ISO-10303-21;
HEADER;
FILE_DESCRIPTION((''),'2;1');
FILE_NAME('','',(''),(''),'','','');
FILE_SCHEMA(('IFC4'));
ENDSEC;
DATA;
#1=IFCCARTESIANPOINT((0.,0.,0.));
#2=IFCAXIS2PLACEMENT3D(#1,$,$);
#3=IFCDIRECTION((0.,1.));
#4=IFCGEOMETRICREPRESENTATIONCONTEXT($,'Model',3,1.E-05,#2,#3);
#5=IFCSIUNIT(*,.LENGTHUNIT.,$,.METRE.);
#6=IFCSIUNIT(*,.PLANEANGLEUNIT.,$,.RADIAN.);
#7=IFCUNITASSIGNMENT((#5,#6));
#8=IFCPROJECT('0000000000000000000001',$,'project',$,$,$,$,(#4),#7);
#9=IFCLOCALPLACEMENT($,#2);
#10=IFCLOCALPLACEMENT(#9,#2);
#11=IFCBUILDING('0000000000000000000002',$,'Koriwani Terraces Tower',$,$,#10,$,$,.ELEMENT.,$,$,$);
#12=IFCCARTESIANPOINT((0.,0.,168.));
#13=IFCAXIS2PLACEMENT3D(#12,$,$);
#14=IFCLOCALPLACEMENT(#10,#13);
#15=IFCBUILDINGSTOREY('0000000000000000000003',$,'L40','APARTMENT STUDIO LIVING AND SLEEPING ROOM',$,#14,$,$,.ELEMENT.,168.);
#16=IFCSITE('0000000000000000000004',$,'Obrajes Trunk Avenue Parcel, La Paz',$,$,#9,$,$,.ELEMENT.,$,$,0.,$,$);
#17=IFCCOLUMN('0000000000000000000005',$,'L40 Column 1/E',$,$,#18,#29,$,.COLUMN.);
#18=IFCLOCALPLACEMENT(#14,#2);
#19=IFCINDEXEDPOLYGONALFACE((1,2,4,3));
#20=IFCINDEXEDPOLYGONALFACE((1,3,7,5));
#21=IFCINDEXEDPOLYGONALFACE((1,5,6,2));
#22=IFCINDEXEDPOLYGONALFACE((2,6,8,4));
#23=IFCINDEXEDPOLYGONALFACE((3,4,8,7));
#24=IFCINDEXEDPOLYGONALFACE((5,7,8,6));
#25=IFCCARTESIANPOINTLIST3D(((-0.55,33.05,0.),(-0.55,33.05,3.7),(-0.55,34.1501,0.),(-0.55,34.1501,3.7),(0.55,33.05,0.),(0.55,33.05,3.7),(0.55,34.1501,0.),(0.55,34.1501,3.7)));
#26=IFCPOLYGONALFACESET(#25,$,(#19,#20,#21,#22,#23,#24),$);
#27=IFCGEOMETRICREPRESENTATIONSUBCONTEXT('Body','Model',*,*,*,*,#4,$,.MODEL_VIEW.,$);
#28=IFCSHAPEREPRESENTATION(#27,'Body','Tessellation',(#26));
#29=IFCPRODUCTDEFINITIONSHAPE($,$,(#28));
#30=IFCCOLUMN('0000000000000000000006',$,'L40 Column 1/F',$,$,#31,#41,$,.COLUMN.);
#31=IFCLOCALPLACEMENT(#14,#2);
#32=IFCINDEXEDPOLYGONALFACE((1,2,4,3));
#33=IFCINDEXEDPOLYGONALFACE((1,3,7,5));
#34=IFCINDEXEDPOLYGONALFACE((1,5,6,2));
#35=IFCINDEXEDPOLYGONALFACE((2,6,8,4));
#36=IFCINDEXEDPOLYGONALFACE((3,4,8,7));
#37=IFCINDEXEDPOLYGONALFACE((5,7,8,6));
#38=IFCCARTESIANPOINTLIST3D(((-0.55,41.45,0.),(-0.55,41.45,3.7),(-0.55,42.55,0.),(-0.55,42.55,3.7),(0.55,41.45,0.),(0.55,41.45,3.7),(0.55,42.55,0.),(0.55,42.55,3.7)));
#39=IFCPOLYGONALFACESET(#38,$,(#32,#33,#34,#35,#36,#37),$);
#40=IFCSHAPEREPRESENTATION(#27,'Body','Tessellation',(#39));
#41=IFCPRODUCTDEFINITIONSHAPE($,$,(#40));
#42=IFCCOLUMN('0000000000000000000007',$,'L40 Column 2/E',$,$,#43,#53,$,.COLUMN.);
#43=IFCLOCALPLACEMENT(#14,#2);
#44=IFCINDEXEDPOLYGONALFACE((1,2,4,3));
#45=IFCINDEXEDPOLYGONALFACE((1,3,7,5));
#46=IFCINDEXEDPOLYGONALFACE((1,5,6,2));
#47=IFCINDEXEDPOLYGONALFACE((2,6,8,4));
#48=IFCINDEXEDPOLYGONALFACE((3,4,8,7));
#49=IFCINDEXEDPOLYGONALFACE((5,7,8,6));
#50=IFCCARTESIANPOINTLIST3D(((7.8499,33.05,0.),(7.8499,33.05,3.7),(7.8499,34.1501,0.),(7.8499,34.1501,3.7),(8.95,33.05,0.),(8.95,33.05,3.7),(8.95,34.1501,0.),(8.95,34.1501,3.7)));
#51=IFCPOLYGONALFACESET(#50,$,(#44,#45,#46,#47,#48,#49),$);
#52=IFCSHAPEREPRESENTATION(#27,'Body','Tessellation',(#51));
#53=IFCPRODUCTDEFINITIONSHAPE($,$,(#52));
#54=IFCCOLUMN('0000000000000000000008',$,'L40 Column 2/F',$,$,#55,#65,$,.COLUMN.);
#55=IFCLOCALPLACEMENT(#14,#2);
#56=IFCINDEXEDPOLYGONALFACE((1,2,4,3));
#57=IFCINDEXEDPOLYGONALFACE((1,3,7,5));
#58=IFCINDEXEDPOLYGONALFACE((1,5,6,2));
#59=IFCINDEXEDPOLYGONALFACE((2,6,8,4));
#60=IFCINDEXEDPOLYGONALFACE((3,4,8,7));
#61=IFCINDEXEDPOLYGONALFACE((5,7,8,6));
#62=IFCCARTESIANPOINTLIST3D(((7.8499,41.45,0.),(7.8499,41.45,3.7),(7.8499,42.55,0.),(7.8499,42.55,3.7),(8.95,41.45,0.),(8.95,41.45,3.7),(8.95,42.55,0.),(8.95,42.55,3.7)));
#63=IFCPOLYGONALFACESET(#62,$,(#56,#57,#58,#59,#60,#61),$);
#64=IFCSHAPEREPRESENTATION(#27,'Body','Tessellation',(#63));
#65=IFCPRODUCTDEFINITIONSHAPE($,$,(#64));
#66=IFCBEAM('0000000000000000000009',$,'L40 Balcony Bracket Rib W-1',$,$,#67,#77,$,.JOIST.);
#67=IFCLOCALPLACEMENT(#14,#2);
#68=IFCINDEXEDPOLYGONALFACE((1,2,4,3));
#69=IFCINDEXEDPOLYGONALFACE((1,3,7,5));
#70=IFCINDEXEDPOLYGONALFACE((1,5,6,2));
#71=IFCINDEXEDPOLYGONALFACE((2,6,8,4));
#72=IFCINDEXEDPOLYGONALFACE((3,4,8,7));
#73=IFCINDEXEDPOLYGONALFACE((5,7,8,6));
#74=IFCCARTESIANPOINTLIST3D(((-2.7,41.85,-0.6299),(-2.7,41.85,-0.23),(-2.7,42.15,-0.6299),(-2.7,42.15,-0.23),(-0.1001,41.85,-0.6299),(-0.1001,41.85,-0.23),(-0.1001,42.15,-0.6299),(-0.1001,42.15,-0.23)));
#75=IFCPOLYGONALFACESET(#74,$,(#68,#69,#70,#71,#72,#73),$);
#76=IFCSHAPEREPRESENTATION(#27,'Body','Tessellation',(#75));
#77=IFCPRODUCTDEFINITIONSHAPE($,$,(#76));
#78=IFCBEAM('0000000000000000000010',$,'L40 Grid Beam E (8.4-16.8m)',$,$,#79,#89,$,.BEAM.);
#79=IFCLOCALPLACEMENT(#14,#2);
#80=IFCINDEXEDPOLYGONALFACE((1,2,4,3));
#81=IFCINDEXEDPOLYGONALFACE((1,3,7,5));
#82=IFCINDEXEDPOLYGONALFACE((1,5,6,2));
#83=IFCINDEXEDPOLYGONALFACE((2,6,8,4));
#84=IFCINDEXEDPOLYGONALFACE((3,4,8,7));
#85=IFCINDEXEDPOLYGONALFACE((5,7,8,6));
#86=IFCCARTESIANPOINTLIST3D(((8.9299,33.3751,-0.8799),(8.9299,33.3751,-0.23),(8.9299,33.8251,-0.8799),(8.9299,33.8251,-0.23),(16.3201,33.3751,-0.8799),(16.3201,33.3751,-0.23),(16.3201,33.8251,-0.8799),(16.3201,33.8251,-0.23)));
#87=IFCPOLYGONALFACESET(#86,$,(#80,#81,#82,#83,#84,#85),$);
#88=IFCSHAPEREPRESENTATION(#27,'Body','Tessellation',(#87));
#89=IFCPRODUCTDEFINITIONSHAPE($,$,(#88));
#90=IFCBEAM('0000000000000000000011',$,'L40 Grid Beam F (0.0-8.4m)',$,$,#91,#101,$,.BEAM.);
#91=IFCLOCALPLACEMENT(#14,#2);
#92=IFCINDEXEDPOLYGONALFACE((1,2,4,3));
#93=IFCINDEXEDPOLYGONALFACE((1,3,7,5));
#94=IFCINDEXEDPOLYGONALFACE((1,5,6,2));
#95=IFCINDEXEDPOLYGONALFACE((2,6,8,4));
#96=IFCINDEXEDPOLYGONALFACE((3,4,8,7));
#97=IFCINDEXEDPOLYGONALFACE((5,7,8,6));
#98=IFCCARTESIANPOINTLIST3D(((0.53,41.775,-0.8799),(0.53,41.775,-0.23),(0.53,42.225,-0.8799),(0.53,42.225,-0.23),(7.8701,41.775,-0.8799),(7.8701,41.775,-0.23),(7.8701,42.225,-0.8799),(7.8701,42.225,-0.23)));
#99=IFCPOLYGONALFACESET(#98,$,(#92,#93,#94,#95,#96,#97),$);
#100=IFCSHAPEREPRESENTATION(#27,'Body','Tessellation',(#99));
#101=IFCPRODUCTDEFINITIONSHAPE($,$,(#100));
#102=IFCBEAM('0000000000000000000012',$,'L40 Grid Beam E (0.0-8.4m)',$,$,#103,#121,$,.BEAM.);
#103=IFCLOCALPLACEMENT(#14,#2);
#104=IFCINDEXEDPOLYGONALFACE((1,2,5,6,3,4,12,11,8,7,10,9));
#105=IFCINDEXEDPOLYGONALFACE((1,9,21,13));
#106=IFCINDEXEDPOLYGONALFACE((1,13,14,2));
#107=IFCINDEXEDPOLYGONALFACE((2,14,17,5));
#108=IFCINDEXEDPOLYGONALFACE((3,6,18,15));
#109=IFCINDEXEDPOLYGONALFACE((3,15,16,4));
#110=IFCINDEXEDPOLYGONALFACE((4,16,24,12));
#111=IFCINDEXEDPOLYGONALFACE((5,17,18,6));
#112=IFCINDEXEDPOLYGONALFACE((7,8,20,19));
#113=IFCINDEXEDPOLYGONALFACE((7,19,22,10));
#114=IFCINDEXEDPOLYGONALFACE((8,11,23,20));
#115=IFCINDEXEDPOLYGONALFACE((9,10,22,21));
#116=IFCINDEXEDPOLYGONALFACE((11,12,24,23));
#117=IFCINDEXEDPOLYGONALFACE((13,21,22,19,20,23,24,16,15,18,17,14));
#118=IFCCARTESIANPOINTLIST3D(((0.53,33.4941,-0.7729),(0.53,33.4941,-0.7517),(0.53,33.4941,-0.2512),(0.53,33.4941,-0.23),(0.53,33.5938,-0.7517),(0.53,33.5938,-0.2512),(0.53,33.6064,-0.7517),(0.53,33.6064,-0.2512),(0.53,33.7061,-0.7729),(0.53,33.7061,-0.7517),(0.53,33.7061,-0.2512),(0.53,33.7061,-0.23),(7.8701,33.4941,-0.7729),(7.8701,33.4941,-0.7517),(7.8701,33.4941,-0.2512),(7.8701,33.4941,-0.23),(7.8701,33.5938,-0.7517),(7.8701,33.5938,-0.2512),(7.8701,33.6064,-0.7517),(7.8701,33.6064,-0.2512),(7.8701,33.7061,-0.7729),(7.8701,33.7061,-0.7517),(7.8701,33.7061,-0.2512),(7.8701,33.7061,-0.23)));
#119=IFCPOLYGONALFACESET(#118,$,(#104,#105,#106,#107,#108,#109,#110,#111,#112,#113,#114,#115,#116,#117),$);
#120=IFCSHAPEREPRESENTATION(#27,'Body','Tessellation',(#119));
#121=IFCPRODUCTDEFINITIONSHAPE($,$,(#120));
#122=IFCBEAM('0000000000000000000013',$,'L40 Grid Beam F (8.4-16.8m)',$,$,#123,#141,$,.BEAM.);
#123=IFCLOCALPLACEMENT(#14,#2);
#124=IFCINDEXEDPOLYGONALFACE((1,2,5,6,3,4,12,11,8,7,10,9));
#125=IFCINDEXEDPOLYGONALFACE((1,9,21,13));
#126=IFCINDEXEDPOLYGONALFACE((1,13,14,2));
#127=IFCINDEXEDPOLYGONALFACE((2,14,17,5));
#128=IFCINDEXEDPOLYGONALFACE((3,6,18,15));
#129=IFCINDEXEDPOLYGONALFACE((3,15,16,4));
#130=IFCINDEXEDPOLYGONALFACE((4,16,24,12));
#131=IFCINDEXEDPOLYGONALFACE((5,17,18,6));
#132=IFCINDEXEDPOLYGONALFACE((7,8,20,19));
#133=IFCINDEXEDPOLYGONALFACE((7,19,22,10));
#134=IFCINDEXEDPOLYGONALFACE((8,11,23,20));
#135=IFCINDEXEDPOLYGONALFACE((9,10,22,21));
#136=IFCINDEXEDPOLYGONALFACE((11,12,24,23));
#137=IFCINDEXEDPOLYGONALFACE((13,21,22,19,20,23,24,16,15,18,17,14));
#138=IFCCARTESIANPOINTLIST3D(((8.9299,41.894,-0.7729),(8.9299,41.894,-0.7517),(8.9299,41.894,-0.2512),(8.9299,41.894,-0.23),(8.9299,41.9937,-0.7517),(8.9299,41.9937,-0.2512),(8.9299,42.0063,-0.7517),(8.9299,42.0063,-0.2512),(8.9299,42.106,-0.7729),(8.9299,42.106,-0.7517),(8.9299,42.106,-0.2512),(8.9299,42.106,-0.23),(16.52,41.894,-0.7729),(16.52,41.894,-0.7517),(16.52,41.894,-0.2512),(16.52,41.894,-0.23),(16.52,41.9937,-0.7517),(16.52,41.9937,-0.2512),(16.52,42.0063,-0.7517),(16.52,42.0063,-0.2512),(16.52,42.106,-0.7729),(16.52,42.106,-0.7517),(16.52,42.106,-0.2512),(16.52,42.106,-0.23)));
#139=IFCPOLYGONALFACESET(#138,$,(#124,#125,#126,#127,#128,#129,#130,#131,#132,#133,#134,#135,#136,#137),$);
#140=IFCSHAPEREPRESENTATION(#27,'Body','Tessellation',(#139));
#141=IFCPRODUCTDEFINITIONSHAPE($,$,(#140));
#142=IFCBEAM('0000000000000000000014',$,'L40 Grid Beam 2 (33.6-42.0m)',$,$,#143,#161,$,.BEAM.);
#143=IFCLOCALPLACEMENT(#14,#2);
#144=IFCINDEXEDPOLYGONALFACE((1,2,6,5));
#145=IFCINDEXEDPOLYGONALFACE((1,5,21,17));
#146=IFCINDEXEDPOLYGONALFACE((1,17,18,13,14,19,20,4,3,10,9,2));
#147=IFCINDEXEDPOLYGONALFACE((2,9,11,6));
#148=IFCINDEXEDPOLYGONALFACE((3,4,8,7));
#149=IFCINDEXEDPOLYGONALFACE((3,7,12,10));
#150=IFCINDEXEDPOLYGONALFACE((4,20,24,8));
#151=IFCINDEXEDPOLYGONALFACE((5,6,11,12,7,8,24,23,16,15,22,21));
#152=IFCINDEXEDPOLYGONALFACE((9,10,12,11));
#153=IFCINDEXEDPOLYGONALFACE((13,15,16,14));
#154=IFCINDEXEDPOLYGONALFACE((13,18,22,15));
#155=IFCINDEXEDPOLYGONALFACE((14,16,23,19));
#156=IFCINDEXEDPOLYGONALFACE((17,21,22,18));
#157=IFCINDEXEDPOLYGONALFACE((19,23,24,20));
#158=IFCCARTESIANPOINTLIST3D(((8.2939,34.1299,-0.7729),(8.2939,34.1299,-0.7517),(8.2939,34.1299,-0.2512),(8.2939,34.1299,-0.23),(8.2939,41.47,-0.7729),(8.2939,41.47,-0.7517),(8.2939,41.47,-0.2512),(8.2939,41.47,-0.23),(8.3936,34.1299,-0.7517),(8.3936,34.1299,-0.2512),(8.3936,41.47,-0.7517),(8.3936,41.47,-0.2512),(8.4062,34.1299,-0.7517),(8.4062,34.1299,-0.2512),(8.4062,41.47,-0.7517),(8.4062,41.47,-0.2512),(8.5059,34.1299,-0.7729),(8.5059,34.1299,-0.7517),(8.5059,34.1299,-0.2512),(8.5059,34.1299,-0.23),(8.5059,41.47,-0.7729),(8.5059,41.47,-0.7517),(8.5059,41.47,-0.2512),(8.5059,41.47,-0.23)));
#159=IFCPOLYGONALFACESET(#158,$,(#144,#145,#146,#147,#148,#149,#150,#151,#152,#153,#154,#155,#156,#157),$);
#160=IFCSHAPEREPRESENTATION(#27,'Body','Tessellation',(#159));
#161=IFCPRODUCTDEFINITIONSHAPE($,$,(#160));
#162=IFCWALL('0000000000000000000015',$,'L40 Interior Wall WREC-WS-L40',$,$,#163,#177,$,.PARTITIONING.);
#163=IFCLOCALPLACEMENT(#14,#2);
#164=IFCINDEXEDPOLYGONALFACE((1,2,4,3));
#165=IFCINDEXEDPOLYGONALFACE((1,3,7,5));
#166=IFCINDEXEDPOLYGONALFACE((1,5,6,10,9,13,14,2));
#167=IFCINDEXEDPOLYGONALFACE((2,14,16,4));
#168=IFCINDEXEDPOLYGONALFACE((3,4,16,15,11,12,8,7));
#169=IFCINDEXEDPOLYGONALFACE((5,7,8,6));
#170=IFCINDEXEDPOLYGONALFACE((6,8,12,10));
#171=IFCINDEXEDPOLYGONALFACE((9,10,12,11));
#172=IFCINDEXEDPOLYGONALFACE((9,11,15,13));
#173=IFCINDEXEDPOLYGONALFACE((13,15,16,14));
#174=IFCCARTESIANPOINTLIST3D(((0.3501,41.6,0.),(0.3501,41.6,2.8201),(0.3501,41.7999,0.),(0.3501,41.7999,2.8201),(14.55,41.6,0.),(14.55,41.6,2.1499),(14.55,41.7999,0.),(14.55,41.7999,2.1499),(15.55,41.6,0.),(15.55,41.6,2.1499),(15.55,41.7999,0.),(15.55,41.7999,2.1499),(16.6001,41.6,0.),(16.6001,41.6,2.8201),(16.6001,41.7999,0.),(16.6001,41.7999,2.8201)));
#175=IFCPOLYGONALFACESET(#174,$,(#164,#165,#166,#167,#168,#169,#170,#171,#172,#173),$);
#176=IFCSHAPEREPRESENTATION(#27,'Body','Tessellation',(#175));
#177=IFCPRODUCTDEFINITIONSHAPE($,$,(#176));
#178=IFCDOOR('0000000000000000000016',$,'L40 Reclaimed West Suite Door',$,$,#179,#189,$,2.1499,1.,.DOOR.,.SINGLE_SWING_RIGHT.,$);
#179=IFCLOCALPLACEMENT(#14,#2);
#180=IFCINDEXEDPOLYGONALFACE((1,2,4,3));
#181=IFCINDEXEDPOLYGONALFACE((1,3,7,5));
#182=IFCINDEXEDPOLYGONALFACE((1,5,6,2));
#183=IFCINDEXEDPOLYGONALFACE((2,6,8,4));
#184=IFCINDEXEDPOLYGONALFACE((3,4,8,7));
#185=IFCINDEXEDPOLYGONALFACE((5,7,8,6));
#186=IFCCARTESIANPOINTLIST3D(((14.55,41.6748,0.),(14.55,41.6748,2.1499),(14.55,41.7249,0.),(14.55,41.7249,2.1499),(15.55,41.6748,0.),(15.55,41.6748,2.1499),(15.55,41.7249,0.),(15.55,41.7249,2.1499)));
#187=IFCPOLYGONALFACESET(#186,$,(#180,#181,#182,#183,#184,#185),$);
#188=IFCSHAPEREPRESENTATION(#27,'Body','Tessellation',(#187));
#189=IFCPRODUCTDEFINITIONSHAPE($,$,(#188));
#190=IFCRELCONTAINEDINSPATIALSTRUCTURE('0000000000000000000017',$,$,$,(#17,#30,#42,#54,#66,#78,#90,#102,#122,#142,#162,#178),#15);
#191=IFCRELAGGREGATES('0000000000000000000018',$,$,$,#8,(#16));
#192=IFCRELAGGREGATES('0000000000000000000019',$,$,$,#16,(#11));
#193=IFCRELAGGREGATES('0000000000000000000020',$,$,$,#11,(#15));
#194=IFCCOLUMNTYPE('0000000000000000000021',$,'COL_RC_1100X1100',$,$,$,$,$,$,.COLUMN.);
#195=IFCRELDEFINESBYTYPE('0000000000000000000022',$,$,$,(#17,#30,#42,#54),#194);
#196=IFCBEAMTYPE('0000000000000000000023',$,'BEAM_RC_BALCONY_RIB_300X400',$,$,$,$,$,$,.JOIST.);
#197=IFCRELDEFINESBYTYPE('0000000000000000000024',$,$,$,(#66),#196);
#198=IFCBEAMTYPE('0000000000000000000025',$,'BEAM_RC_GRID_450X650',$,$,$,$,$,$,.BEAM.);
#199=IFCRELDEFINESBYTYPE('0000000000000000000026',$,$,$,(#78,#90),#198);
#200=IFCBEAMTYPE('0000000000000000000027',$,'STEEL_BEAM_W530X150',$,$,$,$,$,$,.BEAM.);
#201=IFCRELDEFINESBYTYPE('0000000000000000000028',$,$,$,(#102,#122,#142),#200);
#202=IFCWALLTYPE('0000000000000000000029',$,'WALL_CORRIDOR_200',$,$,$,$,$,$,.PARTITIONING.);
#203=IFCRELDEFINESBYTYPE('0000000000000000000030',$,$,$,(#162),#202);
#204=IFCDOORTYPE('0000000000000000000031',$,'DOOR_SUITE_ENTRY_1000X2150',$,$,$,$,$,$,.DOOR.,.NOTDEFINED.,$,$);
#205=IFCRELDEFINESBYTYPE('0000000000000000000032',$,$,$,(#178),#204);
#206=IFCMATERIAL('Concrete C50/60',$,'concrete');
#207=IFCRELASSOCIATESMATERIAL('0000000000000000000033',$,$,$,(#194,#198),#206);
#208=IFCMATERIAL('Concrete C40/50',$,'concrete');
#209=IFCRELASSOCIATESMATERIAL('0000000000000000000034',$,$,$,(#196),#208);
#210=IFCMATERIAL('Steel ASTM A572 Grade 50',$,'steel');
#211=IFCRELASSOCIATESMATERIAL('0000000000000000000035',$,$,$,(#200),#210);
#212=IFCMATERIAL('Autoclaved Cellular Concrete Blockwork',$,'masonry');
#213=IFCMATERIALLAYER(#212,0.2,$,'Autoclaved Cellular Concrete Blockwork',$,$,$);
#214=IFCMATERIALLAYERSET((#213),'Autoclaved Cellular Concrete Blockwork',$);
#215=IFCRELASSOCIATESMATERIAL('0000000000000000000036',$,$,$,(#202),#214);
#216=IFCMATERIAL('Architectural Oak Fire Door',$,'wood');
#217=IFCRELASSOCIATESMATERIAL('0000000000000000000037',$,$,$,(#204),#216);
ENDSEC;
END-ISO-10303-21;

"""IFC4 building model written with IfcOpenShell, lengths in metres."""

from ifc_helpers import new_model, si_unit, direction, frame, frame_2d, origin, origin_2d, place, context, subcontext, project, spatial, rectangle, i_section, extrude, material, layer, layer_set, material_profile, profile_set, type_object, element, fill, save


model = new_model("IFC4")

# Units and contexts
model_context = context("Model", 3, precision=1e-05, world=origin(), true_north=direction((0.0, 1.0)))
body_context = subcontext(model_context, "Body", "Model", "MODEL_VIEW")
ifc_project = project(units=[si_unit("LENGTHUNIT", "METRE"), si_unit("PLANEANGLEUNIT", "RADIAN")], contexts=[model_context])

# Site, building, storey
site_placement = place(None, origin())
site = spatial("IfcSite", under=ifc_project, at=site_placement, Name="Obrajes Trunk Avenue Parcel, La Paz", CompositionType="ELEMENT", RefElevation=0.0)
building_placement = place(site_placement, origin())
building = spatial("IfcBuilding", under=site, at=building_placement, Name="Koriwani Terraces Tower", CompositionType="ELEMENT")
storey_placement = place(building_placement, frame((0.0, 0.0, 168.0)))
storey = spatial("IfcBuildingStorey", under=building, at=storey_placement, Name="L40", Description="APARTMENT STUDIO LIVING AND SLEEPING ROOM", CompositionType="ELEMENT", Elevation=168.0)

# Columns
ifc_material_1 = material(Name="Concrete C50/60", Category="concrete")
ifc_material_profile_1 = material_profile(ifc_material_1, rectangle(XDim=1.1001, YDim=1.1001, at=origin_2d()), Name="Concrete C50/60", Category="LoadBearing")
ifc_profile_set_1 = profile_set([ifc_material_profile_1], Name="Concrete C50/60")
column_type = type_object("IfcColumnType", Name="COL_RC_1100X1100", PredefinedType="COLUMN", material=ifc_profile_set_1)
for number, where, z_axis, x_axis, name in (
    (1, (0.0, 33.6001, 0.0), (0.0, 0.0, 1.0), (1.0, 0.0, 0.0), "L40 Column 1/E"),
    (2, (0.0, 42.0, 0.0), (0.0, 0.0, 1.0), (1.0, 0.0, 0.0), "L40 Column 1/F"),
    (3, (8.3999, 33.6001, 0.0), (0.0, 0.0, 1.0), (1.0, 0.0, 0.0), "L40 Column 2/E"),
    (4, (8.3999, 42.0, 0.0), (0.0, 0.0, 1.0), (1.0, 0.0, 0.0), "L40 Column 2/F"),
):
    element("IfcColumn", number, at=place(storey_placement, frame(where, z_axis=z_axis, x_axis=x_axis)), inside=storey, type_object=column_type, Name=name, PredefinedType="COLUMN", context=body_context, shape_type="SweptSolid", body=[
        extrude(rectangle(XDim=1.1001, YDim=1.1001, at=origin_2d()), origin(), (0.0, 0.0, 1.0), 3.7),
    ])

# Beams
ifc_material_2 = material(Name="Concrete C40/50", Category="concrete")
ifc_material_profile_2 = material_profile(ifc_material_2, rectangle(XDim=0.3, YDim=0.3999, at=origin_2d()), Name="Concrete C40/50", Category="LoadBearing")
ifc_profile_set_2 = profile_set([ifc_material_profile_2], Name="Concrete C40/50")
beam_type_1 = type_object("IfcBeamType", Name="BEAM_RC_BALCONY_RIB_300X400", PredefinedType="JOIST", material=ifc_profile_set_2)
beam_1_placement = place(storey_placement, frame((-2.7, 42.0, -0.4299), z_axis=(1.0, 0.0, 0.0), x_axis=(0.0, 1.0, 0.0)))
element("IfcBeam", 5, at=beam_1_placement, inside=storey, type_object=beam_type_1, Name="L40 Balcony Bracket Rib W-1", PredefinedType="JOIST", context=body_context, shape_type="SweptSolid", body=[
    extrude(rectangle(XDim=0.3, YDim=0.3999, at=origin_2d()), origin(), (0.0, 0.0, 1.0), 2.5999),
])
ifc_material_profile_3 = material_profile(ifc_material_1, rectangle(XDim=0.45, YDim=0.6499, at=origin_2d()), Name="Concrete C50/60", Category="LoadBearing")
ifc_profile_set_3 = profile_set([ifc_material_profile_3], Name="Concrete C50/60")
beam_type_2 = type_object("IfcBeamType", Name="BEAM_RC_GRID_450X650", PredefinedType="BEAM", material=ifc_profile_set_3)
beam_2_placement = place(storey_placement, frame((8.9299, 33.6001, -0.5549), z_axis=(1.0, 0.0, 0.0), x_axis=(0.0, 1.0, 0.0)))
element("IfcBeam", 6, at=beam_2_placement, inside=storey, type_object=beam_type_2, Name="L40 Grid Beam E (8.4-16.8m)", PredefinedType="BEAM", context=body_context, shape_type="SweptSolid", body=[
    extrude(rectangle(XDim=0.45, YDim=0.6499, at=origin_2d()), origin(), (0.0, 0.0, 1.0), 7.3901),
])
beam_3_placement = place(storey_placement, frame((0.53, 42.0, -0.5549), z_axis=(1.0, 0.0, 0.0), x_axis=(0.0, 1.0, 0.0)))
element("IfcBeam", 7, at=beam_3_placement, inside=storey, type_object=beam_type_2, Name="L40 Grid Beam F (0.0-8.4m)", PredefinedType="BEAM", context=body_context, shape_type="SweptSolid", body=[
    extrude(rectangle(XDim=0.45, YDim=0.6499, at=origin_2d()), origin(), (0.0, 0.0, 1.0), 7.3401),
])
ifc_material_3 = material(Name="Steel ASTM A572 Grade 50", Category="steel")
ifc_material_profile_4 = material_profile(ifc_material_3, i_section(OverallWidth=0.2119, OverallDepth=0.543, WebThickness=0.0127, FlangeThickness=0.0212, at=origin_2d()), Name="Steel ASTM A572 Grade 50", Category="LoadBearing")
ifc_profile_set_4 = profile_set([ifc_material_profile_4], Name="Steel ASTM A572 Grade 50")
beam_type_3 = type_object("IfcBeamType", Name="STEEL_BEAM_W530X150", PredefinedType="BEAM", material=ifc_profile_set_4)
beam_4_placement = place(storey_placement, frame((0.53, 33.6001, -0.5015), z_axis=(1.0, 0.0, 0.0), x_axis=(0.0, 1.0, 0.0)))
element("IfcBeam", 8, at=beam_4_placement, inside=storey, type_object=beam_type_3, Name="L40 Grid Beam E (0.0-8.4m)", PredefinedType="BEAM", context=body_context, shape_type="SweptSolid", body=[
    extrude(i_section(OverallWidth=0.2119, OverallDepth=0.543, WebThickness=0.0127, FlangeThickness=0.0212, at=origin_2d()), origin(), (0.0, 0.0, 1.0), 7.3401),
])
beam_5_placement = place(storey_placement, frame((8.9299, 42.0, -0.5015), z_axis=(1.0, 0.0, 0.0), x_axis=(0.0, 1.0, 0.0)))
element("IfcBeam", 9, at=beam_5_placement, inside=storey, type_object=beam_type_3, Name="L40 Grid Beam F (8.4-16.8m)", PredefinedType="BEAM", context=body_context, shape_type="SweptSolid", body=[
    extrude(i_section(OverallWidth=0.2119, OverallDepth=0.543, WebThickness=0.0127, FlangeThickness=0.0212, at=origin_2d()), origin(), (0.0, 0.0, 1.0), 7.5901),
])
beam_6_placement = place(storey_placement, frame((8.3999, 34.1299, -0.5015), z_axis=(0.0, 1.0, 0.0), x_axis=(-1.0, 0.0, 0.0)))
element("IfcBeam", 10, at=beam_6_placement, inside=storey, type_object=beam_type_3, Name="L40 Grid Beam 2 (33.6-42.0m)", PredefinedType="BEAM", context=body_context, shape_type="SweptSolid", body=[
    extrude(i_section(OverallWidth=0.2119, OverallDepth=0.543, WebThickness=0.0127, FlangeThickness=0.0212, at=origin_2d()), origin(), (0.0, 0.0, 1.0), 7.3401),
])

# Wall, opening, door
ifc_material_4 = material(Name="Autoclaved Cellular Concrete Blockwork", Category="masonry")
ifc_layer_1 = layer(ifc_material_4, 0.2, Name="Autoclaved Cellular Concrete Blockwork")
ifc_layer_set_1 = layer_set([ifc_layer_1], Name="Autoclaved Cellular Concrete Blockwork")
wall_type_1 = type_object("IfcWallType", Name="WALL_CORRIDOR_200", PredefinedType="PARTITIONING", material=ifc_layer_set_1)
wall_placement = place(storey_placement, frame((0.3501, 41.7, 0.0), z_axis=(0.0, 0.0, 1.0), x_axis=(1.0, 0.0, 0.0)))
wall = element("IfcWall", 11, at=wall_placement, inside=storey, type_object=wall_type_1, Name="L40 Interior Wall WREC-WS-L40", PredefinedType="PARTITIONING", context=body_context, shape_type="SweptSolid", body=[
    extrude(rectangle(XDim=16.25, YDim=0.2, at=frame_2d((8.125, 0.0))), origin(), (0.0, 0.0, 1.0), 2.8201),
])
opening_placement = place(wall_placement, frame((14.2, 0.0, 0.0)))
opening = element("IfcOpeningElement", 12, at=opening_placement, cuts=wall, PredefinedType="OPENING", context=body_context, shape_type="SweptSolid", body=[
    extrude(rectangle(XDim=1.0, YDim=2.1499, at=frame_2d((0.5, 1.075))), frame((0.0, 0.1099, 0.0), z_axis=(0.0, -1.0, 0.0), x_axis=(1.0, 0.0, 0.0)), (0.0, 0.0, 1.0), 0.22),
])
ifc_material_5 = material(Name="Architectural Oak Fire Door", Category="wood")
door_type = type_object("IfcDoorType", Name="DOOR_SUITE_ENTRY_1000X2150", OperationType="NOTDEFINED", PredefinedType="DOOR", material=ifc_material_5)
door_placement = place(opening_placement, origin())
door = element("IfcDoor", 13, at=door_placement, inside=storey, type_object=door_type, Name="L40 Reclaimed West Suite Door", OperationType="SINGLE_SWING_RIGHT", OverallHeight=2.1499, OverallWidth=1.0, PredefinedType="DOOR", context=body_context, shape_type="SweptSolid", body=[
    extrude(rectangle(XDim=1.0, YDim=2.1499, at=frame_2d((0.5, 1.075))), frame((0.0, 0.0249, 0.0), z_axis=(0.0, -1.0, 0.0), x_axis=(1.0, 0.0, 0.0)), (0.0, 0.0, 1.0), 0.05),
])
fill(opening, door)

save(model, "model.ifc")
